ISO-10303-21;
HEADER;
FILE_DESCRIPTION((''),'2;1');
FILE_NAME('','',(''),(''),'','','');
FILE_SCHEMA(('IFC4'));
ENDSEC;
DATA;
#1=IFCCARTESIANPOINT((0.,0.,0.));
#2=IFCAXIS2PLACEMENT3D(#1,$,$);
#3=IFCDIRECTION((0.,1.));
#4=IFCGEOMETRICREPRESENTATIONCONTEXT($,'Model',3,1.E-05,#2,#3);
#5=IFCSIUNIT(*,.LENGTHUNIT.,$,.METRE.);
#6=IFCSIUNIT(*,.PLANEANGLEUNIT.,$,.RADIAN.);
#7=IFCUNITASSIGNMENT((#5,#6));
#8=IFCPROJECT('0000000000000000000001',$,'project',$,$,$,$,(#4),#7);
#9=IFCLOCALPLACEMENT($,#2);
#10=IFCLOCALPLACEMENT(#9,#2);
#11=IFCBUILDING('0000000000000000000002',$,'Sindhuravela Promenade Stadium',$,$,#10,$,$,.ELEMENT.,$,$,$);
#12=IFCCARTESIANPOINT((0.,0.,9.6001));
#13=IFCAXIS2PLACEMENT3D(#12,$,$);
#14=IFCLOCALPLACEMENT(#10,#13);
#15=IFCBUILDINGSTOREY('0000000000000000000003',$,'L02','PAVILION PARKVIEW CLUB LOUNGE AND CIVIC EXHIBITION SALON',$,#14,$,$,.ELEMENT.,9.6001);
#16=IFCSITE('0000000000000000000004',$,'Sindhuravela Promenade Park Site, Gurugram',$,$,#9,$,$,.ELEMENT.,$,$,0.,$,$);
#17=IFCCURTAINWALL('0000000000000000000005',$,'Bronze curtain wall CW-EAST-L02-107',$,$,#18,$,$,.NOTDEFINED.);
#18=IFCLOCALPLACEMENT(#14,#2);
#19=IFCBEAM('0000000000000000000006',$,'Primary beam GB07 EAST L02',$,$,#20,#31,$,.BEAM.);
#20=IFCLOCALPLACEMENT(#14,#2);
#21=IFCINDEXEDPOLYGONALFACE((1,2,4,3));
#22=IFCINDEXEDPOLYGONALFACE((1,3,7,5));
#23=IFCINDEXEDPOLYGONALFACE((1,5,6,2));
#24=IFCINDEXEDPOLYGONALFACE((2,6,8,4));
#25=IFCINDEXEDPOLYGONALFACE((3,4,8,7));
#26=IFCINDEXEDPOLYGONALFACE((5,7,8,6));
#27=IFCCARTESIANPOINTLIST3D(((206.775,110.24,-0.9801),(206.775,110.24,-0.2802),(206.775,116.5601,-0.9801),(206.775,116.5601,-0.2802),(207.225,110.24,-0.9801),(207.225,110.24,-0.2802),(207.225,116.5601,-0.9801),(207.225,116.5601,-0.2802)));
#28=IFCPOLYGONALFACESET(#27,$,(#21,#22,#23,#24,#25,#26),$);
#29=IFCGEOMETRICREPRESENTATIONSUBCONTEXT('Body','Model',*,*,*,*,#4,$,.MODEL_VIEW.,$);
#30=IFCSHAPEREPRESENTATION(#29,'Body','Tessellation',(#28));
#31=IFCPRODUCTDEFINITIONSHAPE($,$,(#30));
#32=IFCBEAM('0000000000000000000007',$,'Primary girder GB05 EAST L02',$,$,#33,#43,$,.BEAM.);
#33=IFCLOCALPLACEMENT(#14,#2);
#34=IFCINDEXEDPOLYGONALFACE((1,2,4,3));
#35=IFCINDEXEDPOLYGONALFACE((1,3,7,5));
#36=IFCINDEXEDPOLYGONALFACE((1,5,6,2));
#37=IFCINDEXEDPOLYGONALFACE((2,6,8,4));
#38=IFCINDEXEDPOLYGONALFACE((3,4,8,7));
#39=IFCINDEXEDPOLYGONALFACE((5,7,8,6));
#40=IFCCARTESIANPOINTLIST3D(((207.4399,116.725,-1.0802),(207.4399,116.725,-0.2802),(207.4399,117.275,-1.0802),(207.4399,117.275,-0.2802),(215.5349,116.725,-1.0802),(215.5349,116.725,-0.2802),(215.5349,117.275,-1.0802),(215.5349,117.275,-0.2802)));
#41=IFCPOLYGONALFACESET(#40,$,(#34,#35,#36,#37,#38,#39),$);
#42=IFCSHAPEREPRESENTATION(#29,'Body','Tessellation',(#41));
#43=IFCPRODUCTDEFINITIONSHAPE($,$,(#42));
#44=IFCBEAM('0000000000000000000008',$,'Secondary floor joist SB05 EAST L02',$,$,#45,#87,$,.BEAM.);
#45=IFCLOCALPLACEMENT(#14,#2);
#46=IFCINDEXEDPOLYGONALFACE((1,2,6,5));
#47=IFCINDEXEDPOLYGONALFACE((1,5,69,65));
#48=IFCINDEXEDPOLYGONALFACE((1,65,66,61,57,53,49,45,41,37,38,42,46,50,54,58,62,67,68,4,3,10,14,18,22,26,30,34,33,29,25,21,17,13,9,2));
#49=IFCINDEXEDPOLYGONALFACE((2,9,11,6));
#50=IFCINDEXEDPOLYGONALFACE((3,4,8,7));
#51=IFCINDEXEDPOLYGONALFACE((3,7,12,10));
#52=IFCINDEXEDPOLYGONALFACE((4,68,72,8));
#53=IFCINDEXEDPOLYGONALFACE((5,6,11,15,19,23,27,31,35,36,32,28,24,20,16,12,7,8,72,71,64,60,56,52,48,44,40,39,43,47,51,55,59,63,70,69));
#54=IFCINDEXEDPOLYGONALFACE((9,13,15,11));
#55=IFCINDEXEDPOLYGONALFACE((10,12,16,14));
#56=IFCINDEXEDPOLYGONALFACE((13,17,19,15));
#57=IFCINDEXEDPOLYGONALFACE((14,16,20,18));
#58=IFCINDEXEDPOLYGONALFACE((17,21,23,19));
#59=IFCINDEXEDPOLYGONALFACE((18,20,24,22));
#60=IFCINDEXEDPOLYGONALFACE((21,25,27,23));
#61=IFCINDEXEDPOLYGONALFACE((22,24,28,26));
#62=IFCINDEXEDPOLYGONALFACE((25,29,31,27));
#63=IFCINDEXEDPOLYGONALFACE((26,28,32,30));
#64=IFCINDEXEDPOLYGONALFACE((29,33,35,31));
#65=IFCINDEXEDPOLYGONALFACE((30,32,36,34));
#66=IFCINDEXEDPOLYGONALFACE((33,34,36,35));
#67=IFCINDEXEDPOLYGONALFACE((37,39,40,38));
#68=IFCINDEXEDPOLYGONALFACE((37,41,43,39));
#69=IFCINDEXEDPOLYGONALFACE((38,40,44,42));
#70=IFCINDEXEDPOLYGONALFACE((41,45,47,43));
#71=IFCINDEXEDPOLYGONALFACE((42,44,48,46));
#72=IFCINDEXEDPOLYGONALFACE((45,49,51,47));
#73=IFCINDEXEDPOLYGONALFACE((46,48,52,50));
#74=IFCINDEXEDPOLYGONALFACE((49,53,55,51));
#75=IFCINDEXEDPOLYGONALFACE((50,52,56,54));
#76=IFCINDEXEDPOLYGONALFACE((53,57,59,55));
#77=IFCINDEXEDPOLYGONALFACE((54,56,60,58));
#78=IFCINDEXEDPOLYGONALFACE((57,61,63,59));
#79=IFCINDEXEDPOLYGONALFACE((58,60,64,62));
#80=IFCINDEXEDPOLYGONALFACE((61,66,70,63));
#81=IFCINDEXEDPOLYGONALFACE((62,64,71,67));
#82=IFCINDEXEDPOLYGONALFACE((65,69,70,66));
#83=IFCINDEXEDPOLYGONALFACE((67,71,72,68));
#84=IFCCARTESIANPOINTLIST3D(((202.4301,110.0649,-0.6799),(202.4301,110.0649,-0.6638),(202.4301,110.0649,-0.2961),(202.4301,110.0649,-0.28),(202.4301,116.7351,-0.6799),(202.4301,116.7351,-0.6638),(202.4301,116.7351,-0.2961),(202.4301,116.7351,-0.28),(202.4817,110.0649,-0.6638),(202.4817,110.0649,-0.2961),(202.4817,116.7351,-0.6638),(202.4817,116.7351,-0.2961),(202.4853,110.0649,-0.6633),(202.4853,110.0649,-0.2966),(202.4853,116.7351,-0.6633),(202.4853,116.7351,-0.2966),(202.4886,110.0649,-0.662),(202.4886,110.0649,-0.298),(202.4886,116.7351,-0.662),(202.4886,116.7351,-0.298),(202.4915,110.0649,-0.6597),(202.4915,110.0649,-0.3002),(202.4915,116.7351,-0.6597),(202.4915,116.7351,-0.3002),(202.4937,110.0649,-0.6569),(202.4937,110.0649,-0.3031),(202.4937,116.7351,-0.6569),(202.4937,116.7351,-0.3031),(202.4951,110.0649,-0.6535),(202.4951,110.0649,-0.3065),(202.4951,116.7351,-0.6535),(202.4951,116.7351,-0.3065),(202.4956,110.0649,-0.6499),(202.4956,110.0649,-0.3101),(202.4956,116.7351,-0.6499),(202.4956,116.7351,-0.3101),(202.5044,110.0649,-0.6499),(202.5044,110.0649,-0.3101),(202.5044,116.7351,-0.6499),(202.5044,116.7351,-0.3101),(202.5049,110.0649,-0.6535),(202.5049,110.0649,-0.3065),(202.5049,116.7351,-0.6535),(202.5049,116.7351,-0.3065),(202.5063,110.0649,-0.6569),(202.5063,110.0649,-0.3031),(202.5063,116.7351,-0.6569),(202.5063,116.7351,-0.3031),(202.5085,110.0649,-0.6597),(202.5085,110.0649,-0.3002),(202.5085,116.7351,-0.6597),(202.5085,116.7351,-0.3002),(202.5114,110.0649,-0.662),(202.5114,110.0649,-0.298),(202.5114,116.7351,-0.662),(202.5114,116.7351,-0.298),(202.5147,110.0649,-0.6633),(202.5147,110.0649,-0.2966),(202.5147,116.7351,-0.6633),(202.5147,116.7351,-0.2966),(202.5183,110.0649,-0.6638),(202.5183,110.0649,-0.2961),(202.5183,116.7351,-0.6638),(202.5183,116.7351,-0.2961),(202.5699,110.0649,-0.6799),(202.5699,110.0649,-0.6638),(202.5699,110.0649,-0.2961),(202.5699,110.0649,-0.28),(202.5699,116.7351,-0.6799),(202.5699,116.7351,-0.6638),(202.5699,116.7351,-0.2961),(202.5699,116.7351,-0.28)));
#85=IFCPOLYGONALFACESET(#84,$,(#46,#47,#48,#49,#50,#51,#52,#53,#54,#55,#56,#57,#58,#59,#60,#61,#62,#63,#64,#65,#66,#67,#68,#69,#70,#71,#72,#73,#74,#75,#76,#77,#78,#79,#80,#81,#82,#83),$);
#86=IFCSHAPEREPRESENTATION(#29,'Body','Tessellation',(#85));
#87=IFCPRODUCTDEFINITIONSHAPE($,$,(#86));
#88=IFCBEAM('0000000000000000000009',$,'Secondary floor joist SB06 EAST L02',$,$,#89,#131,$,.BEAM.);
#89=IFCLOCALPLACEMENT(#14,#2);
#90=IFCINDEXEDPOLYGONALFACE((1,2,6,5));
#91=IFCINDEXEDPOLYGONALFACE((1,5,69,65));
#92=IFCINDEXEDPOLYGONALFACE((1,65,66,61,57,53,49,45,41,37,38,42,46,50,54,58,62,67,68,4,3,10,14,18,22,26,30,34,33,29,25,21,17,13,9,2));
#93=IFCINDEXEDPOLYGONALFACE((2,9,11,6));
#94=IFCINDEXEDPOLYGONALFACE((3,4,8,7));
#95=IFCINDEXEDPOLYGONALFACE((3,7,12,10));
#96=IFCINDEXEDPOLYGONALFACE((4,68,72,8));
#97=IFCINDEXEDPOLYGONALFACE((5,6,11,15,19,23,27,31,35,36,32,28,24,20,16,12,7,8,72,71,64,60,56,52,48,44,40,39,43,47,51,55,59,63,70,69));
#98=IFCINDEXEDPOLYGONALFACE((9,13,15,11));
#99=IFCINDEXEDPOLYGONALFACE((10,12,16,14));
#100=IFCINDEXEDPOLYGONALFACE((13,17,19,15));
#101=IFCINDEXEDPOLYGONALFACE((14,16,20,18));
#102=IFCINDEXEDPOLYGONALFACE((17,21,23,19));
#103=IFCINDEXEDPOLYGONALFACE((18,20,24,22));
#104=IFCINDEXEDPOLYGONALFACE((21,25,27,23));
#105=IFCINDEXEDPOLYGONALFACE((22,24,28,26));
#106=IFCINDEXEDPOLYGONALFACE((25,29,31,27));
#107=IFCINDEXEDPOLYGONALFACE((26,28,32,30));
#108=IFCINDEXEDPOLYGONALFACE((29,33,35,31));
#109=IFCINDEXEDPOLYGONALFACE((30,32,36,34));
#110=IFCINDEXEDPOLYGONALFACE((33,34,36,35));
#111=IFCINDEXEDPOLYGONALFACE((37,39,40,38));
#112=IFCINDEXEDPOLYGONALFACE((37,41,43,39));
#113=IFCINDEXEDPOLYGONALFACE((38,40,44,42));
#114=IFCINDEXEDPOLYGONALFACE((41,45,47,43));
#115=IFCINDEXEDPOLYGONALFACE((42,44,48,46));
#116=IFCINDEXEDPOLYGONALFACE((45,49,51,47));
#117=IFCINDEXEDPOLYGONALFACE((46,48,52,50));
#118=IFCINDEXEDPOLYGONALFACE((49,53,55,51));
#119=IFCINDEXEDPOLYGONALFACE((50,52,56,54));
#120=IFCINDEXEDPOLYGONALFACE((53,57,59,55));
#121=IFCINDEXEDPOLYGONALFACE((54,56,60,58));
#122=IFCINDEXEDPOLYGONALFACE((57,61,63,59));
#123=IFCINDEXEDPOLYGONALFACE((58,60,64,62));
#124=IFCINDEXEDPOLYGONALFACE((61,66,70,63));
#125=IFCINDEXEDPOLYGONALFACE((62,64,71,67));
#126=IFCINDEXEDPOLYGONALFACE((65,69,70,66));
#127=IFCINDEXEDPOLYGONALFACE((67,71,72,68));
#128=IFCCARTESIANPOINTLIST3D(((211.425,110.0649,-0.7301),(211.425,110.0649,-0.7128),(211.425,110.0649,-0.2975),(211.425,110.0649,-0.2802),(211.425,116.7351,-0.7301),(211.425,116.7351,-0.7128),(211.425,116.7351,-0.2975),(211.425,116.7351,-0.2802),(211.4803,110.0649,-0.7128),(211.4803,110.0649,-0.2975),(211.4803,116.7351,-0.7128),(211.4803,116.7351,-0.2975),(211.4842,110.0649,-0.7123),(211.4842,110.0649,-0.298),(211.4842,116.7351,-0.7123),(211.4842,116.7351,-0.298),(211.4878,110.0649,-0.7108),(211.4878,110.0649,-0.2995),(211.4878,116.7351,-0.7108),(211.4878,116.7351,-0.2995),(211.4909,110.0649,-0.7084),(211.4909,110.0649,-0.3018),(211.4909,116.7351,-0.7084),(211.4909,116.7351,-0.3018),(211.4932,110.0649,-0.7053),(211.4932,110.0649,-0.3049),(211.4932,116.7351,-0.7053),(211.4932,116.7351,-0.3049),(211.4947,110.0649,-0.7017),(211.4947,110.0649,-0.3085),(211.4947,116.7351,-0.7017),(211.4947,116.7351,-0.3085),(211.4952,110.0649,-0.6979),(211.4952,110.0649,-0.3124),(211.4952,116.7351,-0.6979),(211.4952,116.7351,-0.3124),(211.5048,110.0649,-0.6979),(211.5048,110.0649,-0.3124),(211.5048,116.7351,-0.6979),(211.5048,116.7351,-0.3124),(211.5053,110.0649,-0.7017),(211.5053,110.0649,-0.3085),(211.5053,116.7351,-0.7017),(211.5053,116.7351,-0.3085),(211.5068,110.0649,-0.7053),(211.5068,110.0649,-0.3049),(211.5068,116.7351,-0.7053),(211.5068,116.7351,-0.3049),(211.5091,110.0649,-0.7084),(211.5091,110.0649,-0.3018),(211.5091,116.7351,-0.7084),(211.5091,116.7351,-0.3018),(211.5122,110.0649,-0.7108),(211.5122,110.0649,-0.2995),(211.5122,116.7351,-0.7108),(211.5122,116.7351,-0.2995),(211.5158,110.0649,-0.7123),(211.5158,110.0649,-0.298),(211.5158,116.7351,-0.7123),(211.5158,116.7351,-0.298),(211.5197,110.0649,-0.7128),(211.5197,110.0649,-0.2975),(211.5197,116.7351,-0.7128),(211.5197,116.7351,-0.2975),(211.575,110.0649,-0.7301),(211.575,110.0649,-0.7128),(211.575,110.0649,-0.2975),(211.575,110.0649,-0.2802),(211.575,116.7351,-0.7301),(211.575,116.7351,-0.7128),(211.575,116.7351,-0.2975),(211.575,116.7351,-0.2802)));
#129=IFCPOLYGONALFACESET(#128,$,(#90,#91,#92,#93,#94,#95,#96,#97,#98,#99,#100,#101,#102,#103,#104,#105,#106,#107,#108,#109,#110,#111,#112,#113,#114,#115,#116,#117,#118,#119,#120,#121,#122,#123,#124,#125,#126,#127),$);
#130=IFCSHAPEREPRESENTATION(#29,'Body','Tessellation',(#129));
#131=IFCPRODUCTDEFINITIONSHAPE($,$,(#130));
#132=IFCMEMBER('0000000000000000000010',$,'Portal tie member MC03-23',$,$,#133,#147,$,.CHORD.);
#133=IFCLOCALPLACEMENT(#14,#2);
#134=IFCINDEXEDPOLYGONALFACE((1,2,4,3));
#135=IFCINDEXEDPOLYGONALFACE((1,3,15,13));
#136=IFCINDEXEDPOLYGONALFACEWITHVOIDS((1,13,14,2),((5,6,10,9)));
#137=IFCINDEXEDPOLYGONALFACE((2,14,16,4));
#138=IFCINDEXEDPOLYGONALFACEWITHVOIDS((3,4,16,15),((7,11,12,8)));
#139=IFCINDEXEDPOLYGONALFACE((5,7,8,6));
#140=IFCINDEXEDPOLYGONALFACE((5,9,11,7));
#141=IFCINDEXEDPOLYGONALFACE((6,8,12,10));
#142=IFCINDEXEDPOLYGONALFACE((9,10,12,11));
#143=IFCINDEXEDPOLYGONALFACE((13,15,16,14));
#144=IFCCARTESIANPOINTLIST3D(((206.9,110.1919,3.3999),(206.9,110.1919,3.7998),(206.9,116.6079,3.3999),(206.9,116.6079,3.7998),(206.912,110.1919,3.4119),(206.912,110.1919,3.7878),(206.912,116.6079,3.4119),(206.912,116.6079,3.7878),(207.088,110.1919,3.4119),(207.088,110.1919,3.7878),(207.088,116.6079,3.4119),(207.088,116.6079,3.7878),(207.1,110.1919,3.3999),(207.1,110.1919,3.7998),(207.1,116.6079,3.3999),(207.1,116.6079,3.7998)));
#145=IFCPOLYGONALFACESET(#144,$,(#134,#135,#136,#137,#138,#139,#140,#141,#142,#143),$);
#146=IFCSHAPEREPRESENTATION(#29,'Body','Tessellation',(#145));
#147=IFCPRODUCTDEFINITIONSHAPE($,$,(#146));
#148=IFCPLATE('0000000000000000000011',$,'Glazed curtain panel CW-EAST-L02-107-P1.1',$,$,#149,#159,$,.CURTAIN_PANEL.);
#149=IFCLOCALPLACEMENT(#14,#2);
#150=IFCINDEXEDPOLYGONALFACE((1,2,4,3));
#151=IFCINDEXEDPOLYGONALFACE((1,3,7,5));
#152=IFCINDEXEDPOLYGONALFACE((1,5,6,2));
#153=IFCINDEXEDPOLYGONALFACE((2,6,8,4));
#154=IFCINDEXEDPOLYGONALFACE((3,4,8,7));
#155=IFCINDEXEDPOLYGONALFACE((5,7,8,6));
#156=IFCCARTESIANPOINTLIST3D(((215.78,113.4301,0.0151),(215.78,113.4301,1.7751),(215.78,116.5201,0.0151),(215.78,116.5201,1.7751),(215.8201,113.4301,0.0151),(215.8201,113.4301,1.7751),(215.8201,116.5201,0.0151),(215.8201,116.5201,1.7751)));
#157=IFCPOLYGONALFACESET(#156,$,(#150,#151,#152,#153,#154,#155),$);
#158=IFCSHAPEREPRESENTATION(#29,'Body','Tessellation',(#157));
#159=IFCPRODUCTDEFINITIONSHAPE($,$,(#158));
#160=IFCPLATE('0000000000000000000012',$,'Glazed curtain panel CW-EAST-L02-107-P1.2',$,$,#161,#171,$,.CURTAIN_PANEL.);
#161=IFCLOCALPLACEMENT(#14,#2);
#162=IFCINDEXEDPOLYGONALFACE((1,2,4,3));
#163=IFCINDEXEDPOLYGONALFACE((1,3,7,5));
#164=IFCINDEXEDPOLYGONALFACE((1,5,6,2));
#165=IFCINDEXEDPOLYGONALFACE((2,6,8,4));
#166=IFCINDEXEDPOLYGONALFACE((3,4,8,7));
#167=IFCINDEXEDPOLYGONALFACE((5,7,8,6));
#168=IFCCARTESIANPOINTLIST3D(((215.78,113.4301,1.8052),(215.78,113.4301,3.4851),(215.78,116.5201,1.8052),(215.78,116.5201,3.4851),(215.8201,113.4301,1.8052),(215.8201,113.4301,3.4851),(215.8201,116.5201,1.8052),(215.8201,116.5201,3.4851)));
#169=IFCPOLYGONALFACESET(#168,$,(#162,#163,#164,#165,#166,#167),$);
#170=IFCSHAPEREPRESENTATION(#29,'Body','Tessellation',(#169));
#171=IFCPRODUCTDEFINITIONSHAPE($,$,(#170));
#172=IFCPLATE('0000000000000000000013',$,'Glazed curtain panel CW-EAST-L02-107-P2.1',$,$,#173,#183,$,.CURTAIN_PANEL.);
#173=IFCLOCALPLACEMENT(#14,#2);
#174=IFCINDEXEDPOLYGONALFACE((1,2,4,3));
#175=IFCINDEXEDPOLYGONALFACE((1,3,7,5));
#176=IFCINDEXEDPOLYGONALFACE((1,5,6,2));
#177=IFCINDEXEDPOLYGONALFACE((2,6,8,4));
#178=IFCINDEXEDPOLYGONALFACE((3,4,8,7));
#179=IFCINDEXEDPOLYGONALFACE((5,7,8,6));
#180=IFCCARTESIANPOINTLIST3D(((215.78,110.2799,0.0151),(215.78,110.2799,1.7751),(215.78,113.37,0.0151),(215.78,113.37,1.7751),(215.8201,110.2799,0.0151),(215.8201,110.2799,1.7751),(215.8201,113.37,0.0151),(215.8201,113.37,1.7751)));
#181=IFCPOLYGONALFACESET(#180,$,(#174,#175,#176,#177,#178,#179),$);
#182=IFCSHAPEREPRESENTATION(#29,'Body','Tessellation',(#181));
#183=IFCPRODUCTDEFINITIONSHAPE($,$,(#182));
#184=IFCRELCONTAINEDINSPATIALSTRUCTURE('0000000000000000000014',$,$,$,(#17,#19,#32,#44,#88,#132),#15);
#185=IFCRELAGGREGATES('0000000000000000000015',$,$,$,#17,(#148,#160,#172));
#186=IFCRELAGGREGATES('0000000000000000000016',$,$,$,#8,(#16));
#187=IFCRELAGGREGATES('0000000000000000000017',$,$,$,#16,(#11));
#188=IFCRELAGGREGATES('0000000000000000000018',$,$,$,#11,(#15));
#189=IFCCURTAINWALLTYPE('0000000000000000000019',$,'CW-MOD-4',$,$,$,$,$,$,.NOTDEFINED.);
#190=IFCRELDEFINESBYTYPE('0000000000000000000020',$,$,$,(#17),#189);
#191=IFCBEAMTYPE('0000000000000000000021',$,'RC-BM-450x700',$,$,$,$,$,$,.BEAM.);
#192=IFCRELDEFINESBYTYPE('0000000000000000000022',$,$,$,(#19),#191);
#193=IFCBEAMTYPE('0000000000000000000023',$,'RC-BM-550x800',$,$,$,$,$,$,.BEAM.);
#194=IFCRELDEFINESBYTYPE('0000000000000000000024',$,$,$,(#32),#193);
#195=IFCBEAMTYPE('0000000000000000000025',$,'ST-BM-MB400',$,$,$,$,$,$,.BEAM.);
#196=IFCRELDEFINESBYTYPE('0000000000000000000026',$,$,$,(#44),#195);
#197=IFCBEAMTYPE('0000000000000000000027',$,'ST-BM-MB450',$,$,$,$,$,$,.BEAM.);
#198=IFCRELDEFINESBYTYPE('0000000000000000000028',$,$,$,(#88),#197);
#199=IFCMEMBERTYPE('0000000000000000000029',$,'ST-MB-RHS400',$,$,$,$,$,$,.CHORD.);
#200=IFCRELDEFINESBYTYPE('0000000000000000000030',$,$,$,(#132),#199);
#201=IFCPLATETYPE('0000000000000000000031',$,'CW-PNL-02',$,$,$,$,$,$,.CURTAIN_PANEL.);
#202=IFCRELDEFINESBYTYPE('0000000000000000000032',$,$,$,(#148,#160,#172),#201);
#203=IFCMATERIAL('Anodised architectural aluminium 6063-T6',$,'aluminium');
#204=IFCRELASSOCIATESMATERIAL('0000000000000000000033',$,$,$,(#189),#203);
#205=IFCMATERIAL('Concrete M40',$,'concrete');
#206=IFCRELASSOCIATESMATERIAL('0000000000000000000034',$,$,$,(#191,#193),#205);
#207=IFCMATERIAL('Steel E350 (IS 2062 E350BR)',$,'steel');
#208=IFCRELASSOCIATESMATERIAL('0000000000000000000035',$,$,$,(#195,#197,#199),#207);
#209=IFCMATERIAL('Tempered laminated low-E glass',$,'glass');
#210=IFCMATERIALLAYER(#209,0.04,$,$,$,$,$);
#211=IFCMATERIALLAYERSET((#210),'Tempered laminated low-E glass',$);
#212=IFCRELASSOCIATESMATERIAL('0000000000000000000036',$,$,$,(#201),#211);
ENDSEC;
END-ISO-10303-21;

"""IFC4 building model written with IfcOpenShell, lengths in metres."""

from ifc_helpers import new_model, si_unit, direction, frame, origin, origin_2d, place, context, subcontext, project, spatial, rectangle, hollow_rectangle, i_section, extrude, material, layer, layer_set, material_profile, profile_set, type_object, element, aggregate, save


model = new_model("IFC4")

# Units and contexts
model_context = context("Model", 3, precision=1e-05, world=origin(), true_north=direction((0.0, 1.0)))
body_context = subcontext(model_context, "Body", "Model", "MODEL_VIEW")
ifc_project = project(units=[si_unit("LENGTHUNIT", "METRE"), si_unit("PLANEANGLEUNIT", "RADIAN")], contexts=[model_context])

# Site, building, storey
site_placement = place(None, origin())
site = spatial("IfcSite", under=ifc_project, at=site_placement, Name="Sindhuravela Promenade Park Site, Gurugram", CompositionType="ELEMENT", RefElevation=0.0)
building_placement = place(site_placement, origin())
building = spatial("IfcBuilding", under=site, at=building_placement, Name="Sindhuravela Promenade Stadium", CompositionType="ELEMENT")
storey_placement = place(building_placement, frame((0.0, 0.0, 9.6001)))
storey = spatial("IfcBuildingStorey", under=building, at=storey_placement, Name="L02", Description="PAVILION PARKVIEW CLUB LOUNGE AND CIVIC EXHIBITION SALON", CompositionType="ELEMENT", Elevation=9.6001)

# Shared definitions
ifc_material_1 = material(Name="Concrete M40", Category="concrete")

# Curtain wall
ifc_material_2 = material(Name="Anodised architectural aluminium 6063-T6", Category="aluminium")
curtain_wall_type = type_object("IfcCurtainWallType", Name="CW-MOD-4", PredefinedType="NOTDEFINED", material=ifc_material_2)
curtain_wall_placement = place(storey_placement, origin())
curtain_wall = element("IfcCurtainWall", 1, at=curtain_wall_placement, inside=storey, type_object=curtain_wall_type, Name="Bronze curtain wall CW-EAST-L02-107", PredefinedType="NOTDEFINED")

# Beams
ifc_material_profile_1 = material_profile(ifc_material_1, rectangle(XDim=0.45, YDim=0.7, at=origin_2d()), Name="RC 450x700")
ifc_profile_set_1 = profile_set([ifc_material_profile_1], Name="Concrete M40")
beam_type_1 = type_object("IfcBeamType", Name="RC-BM-450x700", PredefinedType="BEAM", material=ifc_profile_set_1)
beam_1_placement = place(storey_placement, frame((207.0, 110.24, -0.6301), z_axis=(0.0, 1.0, 0.0), x_axis=(-1.0, 0.0, 0.0)))
element("IfcBeam", 2, at=beam_1_placement, inside=storey, type_object=beam_type_1, Name="Primary beam GB07 EAST L02", PredefinedType="BEAM", context=body_context, shape_type="SweptSolid", body=[
    extrude(rectangle(XDim=0.45, YDim=0.7, at=origin_2d()), origin(), (0.0, 0.0, 1.0), 6.3201),
])
ifc_material_profile_2 = material_profile(ifc_material_1, rectangle(XDim=0.55, YDim=0.8, at=origin_2d()), Name="RC 550x800")
ifc_profile_set_2 = profile_set([ifc_material_profile_2], Name="Concrete M40")
beam_type_2 = type_object("IfcBeamType", Name="RC-BM-550x800", PredefinedType="BEAM", material=ifc_profile_set_2)
beam_2_placement = place(storey_placement, frame((207.4399, 117.0, -0.6802), z_axis=(1.0, 0.0, 0.0), x_axis=(0.0, 1.0, 0.0)))
element("IfcBeam", 3, at=beam_2_placement, inside=storey, type_object=beam_type_2, Name="Primary girder GB05 EAST L02", PredefinedType="BEAM", context=body_context, shape_type="SweptSolid", body=[
    extrude(rectangle(XDim=0.55, YDim=0.8, at=origin_2d()), origin(), (0.0, 0.0, 1.0), 8.095),
])
ifc_material_3 = material(Name="Steel E350 (IS 2062 E350BR)", Category="steel")
ifc_material_profile_3 = material_profile(ifc_material_3, i_section(OverallWidth=0.1399, OverallDepth=0.3999, WebThickness=0.0088, FlangeThickness=0.0161, FilletRadius=0.0139, at=origin_2d()), Name="ISMB 400")
ifc_profile_set_3 = profile_set([ifc_material_profile_3], Name="Steel E350 (IS 2062 E350BR)")
beam_type_3 = type_object("IfcBeamType", Name="ST-BM-MB400", PredefinedType="BEAM", material=ifc_profile_set_3)
beam_3_placement = place(storey_placement, frame((202.5, 110.0649, -0.48), z_axis=(0.0, 1.0, 0.0), x_axis=(-1.0, 0.0, 0.0)))
element("IfcBeam", 4, at=beam_3_placement, inside=storey, type_object=beam_type_3, Name="Secondary floor joist SB05 EAST L02", PredefinedType="BEAM", context=body_context, shape_type="SweptSolid", body=[
    extrude(i_section(OverallWidth=0.1399, OverallDepth=0.3999, WebThickness=0.0088, FlangeThickness=0.0161, FilletRadius=0.0139, at=origin_2d()), origin(), (0.0, 0.0, 1.0), 6.6702),
])
ifc_material_profile_4 = material_profile(ifc_material_3, i_section(OverallWidth=0.1499, OverallDepth=0.45, WebThickness=0.0095, FlangeThickness=0.0173, FilletRadius=0.0149, at=origin_2d()), Name="ISMB 450")
ifc_profile_set_4 = profile_set([ifc_material_profile_4], Name="Steel E350 (IS 2062 E350BR)")
beam_type_4 = type_object("IfcBeamType", Name="ST-BM-MB450", PredefinedType="BEAM", material=ifc_profile_set_4)
beam_4_placement = place(storey_placement, frame((211.5, 110.0649, -0.5051), z_axis=(0.0, 1.0, 0.0), x_axis=(-1.0, 0.0, 0.0)))
element("IfcBeam", 5, at=beam_4_placement, inside=storey, type_object=beam_type_4, Name="Secondary floor joist SB06 EAST L02", PredefinedType="BEAM", context=body_context, shape_type="SweptSolid", body=[
    extrude(i_section(OverallWidth=0.1499, OverallDepth=0.45, WebThickness=0.0095, FlangeThickness=0.0173, FilletRadius=0.0149, at=origin_2d()), origin(), (0.0, 0.0, 1.0), 6.6702),
])

# Member
ifc_material_profile_5 = material_profile(ifc_material_3, hollow_rectangle(XDim=0.2, YDim=0.3999, WallThickness=0.012, at=origin_2d()), Name="RHS 400x200x12")
ifc_profile_set_5 = profile_set([ifc_material_profile_5], Name="Steel E350 (IS 2062 E350BR)")
member_type_1 = type_object("IfcMemberType", Name="ST-MB-RHS400", PredefinedType="CHORD", material=ifc_profile_set_5)
member_1_placement = place(storey_placement, frame((207.0, 110.1919, 3.5999), z_axis=(0.0, 1.0, 0.0), x_axis=(-1.0, 0.0, 0.0)))
element("IfcMember", 6, at=member_1_placement, inside=storey, type_object=member_type_1, Name="Portal tie member MC03-23", PredefinedType="CHORD", context=body_context, shape_type="SweptSolid", body=[
    extrude(hollow_rectangle(XDim=0.2, YDim=0.3999, WallThickness=0.012, at=origin_2d()), origin(), (0.0, 0.0, 1.0), 6.416),
])

# Plates
ifc_material_4 = material(Name="Tempered laminated low-E glass", Category="glass")
ifc_layer_1 = layer(ifc_material_4, 0.04)
ifc_layer_set_1 = layer_set([ifc_layer_1], Name="Tempered laminated low-E glass")
plate_type = type_object("IfcPlateType", Name="CW-PNL-02", PredefinedType="CURTAIN_PANEL", material=ifc_layer_set_1)
plate_1_placement = place(storey_placement, frame((215.8, 114.9751, 0.0151), z_axis=(0.0, 0.0, 1.0), x_axis=(0.0, -1.0, 0.0)))
plate_1 = element("IfcPlate", 7, at=plate_1_placement, type_object=plate_type, Name="Glazed curtain panel CW-EAST-L02-107-P1.1", PredefinedType="CURTAIN_PANEL", context=body_context, shape_type="SweptSolid", body=[
    extrude(rectangle(XDim=3.0901, YDim=0.04, at=origin_2d()), origin(), (0.0, 0.0, 1.0), 1.76),
])
plate_2_placement = place(storey_placement, frame((215.8, 114.9751, 1.8052), z_axis=(0.0, 0.0, 1.0), x_axis=(0.0, -1.0, 0.0)))
plate_2 = element("IfcPlate", 8, at=plate_2_placement, type_object=plate_type, Name="Glazed curtain panel CW-EAST-L02-107-P1.2", PredefinedType="CURTAIN_PANEL", context=body_context, shape_type="SweptSolid", body=[
    extrude(rectangle(XDim=3.0901, YDim=0.04, at=origin_2d()), origin(), (0.0, 0.0, 1.0), 1.6799),
])
plate_3_placement = place(storey_placement, frame((215.8, 111.825, 0.0151), z_axis=(0.0, 0.0, 1.0), x_axis=(0.0, -1.0, 0.0)))
plate_3 = element("IfcPlate", 9, at=plate_3_placement, type_object=plate_type, Name="Glazed curtain panel CW-EAST-L02-107-P2.1", PredefinedType="CURTAIN_PANEL", context=body_context, shape_type="SweptSolid", body=[
    extrude(rectangle(XDim=3.0901, YDim=0.04, at=origin_2d()), origin(), (0.0, 0.0, 1.0), 1.76),
])
aggregate(curtain_wall, [plate_1, plate_2, plate_3])

save(model, "model.ifc")
